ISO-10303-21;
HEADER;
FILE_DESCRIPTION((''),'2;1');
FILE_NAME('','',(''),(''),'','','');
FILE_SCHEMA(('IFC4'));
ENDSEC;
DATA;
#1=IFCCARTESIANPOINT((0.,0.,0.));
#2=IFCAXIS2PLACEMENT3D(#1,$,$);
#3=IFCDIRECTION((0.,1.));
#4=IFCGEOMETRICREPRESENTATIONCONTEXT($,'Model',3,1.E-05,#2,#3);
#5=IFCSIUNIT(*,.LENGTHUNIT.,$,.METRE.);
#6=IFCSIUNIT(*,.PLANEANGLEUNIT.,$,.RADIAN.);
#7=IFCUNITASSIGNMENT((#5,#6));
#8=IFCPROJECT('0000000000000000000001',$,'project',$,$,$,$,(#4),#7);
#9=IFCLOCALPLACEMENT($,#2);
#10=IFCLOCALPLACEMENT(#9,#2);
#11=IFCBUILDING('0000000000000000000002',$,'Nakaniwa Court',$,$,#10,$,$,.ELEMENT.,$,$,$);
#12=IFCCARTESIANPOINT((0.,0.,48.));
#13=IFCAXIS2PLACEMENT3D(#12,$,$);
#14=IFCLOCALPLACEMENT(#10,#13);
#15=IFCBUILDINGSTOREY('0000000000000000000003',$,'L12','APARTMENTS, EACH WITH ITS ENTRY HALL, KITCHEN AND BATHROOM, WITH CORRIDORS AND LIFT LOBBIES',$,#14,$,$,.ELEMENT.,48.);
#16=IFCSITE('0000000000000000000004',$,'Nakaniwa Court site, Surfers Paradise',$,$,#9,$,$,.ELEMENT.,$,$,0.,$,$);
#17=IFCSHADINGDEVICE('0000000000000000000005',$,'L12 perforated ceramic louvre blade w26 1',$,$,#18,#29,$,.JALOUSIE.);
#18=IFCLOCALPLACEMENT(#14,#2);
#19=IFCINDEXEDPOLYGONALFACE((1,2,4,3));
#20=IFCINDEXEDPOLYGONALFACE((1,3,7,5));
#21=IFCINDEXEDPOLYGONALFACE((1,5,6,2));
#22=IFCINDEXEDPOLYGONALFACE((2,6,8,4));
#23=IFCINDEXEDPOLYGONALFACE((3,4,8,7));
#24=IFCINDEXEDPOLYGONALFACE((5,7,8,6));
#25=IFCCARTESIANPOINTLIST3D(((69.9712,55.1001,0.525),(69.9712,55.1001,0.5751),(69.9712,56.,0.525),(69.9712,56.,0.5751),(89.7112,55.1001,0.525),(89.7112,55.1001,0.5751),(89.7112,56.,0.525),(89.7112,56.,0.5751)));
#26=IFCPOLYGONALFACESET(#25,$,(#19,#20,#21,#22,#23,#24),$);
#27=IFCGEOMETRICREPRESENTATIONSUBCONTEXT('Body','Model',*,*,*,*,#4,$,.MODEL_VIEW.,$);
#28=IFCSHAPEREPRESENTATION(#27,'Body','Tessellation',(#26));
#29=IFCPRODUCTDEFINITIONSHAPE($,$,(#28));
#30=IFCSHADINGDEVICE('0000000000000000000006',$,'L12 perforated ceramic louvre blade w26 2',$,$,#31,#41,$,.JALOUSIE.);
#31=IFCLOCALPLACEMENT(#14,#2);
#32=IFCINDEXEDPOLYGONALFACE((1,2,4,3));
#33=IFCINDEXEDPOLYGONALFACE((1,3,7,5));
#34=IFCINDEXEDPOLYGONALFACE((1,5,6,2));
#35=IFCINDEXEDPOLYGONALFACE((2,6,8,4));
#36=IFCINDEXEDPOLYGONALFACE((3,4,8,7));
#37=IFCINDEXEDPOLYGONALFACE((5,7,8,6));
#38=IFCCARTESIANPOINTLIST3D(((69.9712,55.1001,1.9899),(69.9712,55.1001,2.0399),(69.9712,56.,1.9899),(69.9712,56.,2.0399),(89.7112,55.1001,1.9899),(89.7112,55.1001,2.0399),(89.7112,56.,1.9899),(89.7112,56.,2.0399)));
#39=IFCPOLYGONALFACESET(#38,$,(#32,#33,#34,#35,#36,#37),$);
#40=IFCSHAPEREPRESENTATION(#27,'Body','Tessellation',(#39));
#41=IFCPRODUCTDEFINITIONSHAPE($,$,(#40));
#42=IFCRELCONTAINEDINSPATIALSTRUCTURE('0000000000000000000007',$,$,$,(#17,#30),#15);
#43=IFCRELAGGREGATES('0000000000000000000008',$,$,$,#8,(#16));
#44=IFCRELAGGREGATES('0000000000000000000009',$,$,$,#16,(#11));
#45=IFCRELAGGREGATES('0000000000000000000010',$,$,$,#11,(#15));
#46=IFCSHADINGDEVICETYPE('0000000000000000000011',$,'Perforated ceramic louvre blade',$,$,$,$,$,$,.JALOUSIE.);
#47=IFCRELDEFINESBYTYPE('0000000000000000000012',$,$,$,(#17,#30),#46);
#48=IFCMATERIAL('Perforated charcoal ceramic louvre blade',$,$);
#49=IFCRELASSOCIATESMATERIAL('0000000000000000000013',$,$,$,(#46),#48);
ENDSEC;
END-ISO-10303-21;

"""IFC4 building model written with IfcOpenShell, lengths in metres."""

from ifc_helpers import new_model, si_unit, direction, frame, origin, origin_2d, place, context, subcontext, project, spatial, rectangle, extrude, material, material_profile, profile_set, type_object, element, save


model = new_model("IFC4")

# Units and contexts
model_context = context("Model", 3, precision=1e-05, world=origin(), true_north=direction((0.0, 1.0)))
body_context = subcontext(model_context, "Body", "Model", "MODEL_VIEW")
ifc_project = project(units=[si_unit("LENGTHUNIT", "METRE"), si_unit("PLANEANGLEUNIT", "RADIAN")], contexts=[model_context])

# Site, building, storey
site_placement = place(None, origin())
site = spatial("IfcSite", under=ifc_project, at=site_placement, Name="Nakaniwa Court site, Surfers Paradise", CompositionType="ELEMENT", RefElevation=0.0)
building_placement = place(site_placement, origin())
building = spatial("IfcBuilding", under=site, at=building_placement, Name="Nakaniwa Court", CompositionType="ELEMENT")
storey_placement = place(building_placement, frame((0.0, 0.0, 48.0)))
storey = spatial("IfcBuildingStorey", under=building, at=storey_placement, Name="L12", Description="APARTMENTS, EACH WITH ITS ENTRY HALL, KITCHEN AND BATHROOM, WITH CORRIDORS AND LIFT LOBBIES", CompositionType="ELEMENT", Elevation=48.0)

# Shading devices
ifc_material_1 = material(Name="Perforated charcoal ceramic louvre blade")
ifc_material_profile_1 = material_profile(ifc_material_1, rectangle(XDim=0.8999, YDim=0.05, at=origin_2d()), Name="Perforated ceramic louvre blade")
ifc_profile_set_1 = profile_set([ifc_material_profile_1], Name="Perforated charcoal ceramic louvre blade")
shading_device_type = type_object("IfcShadingDeviceType", Name="Perforated ceramic louvre blade", PredefinedType="JALOUSIE", material=ifc_profile_set_1)
for number, where, z_axis, x_axis, name in (
    (1, (69.9712, 55.55, 0.55), (1.0, 0.0, 0.0), (0.0, 1.0, 0.0), "L12 perforated ceramic louvre blade w26 1"),
    (2, (69.9712, 55.55, 2.0149), (1.0, 0.0, 0.0), (0.0, 1.0, 0.0), "L12 perforated ceramic louvre blade w26 2"),
):
    element("IfcShadingDevice", number, at=place(storey_placement, frame(where, z_axis=z_axis, x_axis=x_axis)), inside=storey, type_object=shading_device_type, Name=name, PredefinedType="JALOUSIE", context=body_context, shape_type="SweptSolid", body=[
        extrude(rectangle(XDim=0.8999, YDim=0.05, at=origin_2d()), origin(), (0.0, 0.0, 1.0), 19.74),
    ])

save(model, "model.ifc")
